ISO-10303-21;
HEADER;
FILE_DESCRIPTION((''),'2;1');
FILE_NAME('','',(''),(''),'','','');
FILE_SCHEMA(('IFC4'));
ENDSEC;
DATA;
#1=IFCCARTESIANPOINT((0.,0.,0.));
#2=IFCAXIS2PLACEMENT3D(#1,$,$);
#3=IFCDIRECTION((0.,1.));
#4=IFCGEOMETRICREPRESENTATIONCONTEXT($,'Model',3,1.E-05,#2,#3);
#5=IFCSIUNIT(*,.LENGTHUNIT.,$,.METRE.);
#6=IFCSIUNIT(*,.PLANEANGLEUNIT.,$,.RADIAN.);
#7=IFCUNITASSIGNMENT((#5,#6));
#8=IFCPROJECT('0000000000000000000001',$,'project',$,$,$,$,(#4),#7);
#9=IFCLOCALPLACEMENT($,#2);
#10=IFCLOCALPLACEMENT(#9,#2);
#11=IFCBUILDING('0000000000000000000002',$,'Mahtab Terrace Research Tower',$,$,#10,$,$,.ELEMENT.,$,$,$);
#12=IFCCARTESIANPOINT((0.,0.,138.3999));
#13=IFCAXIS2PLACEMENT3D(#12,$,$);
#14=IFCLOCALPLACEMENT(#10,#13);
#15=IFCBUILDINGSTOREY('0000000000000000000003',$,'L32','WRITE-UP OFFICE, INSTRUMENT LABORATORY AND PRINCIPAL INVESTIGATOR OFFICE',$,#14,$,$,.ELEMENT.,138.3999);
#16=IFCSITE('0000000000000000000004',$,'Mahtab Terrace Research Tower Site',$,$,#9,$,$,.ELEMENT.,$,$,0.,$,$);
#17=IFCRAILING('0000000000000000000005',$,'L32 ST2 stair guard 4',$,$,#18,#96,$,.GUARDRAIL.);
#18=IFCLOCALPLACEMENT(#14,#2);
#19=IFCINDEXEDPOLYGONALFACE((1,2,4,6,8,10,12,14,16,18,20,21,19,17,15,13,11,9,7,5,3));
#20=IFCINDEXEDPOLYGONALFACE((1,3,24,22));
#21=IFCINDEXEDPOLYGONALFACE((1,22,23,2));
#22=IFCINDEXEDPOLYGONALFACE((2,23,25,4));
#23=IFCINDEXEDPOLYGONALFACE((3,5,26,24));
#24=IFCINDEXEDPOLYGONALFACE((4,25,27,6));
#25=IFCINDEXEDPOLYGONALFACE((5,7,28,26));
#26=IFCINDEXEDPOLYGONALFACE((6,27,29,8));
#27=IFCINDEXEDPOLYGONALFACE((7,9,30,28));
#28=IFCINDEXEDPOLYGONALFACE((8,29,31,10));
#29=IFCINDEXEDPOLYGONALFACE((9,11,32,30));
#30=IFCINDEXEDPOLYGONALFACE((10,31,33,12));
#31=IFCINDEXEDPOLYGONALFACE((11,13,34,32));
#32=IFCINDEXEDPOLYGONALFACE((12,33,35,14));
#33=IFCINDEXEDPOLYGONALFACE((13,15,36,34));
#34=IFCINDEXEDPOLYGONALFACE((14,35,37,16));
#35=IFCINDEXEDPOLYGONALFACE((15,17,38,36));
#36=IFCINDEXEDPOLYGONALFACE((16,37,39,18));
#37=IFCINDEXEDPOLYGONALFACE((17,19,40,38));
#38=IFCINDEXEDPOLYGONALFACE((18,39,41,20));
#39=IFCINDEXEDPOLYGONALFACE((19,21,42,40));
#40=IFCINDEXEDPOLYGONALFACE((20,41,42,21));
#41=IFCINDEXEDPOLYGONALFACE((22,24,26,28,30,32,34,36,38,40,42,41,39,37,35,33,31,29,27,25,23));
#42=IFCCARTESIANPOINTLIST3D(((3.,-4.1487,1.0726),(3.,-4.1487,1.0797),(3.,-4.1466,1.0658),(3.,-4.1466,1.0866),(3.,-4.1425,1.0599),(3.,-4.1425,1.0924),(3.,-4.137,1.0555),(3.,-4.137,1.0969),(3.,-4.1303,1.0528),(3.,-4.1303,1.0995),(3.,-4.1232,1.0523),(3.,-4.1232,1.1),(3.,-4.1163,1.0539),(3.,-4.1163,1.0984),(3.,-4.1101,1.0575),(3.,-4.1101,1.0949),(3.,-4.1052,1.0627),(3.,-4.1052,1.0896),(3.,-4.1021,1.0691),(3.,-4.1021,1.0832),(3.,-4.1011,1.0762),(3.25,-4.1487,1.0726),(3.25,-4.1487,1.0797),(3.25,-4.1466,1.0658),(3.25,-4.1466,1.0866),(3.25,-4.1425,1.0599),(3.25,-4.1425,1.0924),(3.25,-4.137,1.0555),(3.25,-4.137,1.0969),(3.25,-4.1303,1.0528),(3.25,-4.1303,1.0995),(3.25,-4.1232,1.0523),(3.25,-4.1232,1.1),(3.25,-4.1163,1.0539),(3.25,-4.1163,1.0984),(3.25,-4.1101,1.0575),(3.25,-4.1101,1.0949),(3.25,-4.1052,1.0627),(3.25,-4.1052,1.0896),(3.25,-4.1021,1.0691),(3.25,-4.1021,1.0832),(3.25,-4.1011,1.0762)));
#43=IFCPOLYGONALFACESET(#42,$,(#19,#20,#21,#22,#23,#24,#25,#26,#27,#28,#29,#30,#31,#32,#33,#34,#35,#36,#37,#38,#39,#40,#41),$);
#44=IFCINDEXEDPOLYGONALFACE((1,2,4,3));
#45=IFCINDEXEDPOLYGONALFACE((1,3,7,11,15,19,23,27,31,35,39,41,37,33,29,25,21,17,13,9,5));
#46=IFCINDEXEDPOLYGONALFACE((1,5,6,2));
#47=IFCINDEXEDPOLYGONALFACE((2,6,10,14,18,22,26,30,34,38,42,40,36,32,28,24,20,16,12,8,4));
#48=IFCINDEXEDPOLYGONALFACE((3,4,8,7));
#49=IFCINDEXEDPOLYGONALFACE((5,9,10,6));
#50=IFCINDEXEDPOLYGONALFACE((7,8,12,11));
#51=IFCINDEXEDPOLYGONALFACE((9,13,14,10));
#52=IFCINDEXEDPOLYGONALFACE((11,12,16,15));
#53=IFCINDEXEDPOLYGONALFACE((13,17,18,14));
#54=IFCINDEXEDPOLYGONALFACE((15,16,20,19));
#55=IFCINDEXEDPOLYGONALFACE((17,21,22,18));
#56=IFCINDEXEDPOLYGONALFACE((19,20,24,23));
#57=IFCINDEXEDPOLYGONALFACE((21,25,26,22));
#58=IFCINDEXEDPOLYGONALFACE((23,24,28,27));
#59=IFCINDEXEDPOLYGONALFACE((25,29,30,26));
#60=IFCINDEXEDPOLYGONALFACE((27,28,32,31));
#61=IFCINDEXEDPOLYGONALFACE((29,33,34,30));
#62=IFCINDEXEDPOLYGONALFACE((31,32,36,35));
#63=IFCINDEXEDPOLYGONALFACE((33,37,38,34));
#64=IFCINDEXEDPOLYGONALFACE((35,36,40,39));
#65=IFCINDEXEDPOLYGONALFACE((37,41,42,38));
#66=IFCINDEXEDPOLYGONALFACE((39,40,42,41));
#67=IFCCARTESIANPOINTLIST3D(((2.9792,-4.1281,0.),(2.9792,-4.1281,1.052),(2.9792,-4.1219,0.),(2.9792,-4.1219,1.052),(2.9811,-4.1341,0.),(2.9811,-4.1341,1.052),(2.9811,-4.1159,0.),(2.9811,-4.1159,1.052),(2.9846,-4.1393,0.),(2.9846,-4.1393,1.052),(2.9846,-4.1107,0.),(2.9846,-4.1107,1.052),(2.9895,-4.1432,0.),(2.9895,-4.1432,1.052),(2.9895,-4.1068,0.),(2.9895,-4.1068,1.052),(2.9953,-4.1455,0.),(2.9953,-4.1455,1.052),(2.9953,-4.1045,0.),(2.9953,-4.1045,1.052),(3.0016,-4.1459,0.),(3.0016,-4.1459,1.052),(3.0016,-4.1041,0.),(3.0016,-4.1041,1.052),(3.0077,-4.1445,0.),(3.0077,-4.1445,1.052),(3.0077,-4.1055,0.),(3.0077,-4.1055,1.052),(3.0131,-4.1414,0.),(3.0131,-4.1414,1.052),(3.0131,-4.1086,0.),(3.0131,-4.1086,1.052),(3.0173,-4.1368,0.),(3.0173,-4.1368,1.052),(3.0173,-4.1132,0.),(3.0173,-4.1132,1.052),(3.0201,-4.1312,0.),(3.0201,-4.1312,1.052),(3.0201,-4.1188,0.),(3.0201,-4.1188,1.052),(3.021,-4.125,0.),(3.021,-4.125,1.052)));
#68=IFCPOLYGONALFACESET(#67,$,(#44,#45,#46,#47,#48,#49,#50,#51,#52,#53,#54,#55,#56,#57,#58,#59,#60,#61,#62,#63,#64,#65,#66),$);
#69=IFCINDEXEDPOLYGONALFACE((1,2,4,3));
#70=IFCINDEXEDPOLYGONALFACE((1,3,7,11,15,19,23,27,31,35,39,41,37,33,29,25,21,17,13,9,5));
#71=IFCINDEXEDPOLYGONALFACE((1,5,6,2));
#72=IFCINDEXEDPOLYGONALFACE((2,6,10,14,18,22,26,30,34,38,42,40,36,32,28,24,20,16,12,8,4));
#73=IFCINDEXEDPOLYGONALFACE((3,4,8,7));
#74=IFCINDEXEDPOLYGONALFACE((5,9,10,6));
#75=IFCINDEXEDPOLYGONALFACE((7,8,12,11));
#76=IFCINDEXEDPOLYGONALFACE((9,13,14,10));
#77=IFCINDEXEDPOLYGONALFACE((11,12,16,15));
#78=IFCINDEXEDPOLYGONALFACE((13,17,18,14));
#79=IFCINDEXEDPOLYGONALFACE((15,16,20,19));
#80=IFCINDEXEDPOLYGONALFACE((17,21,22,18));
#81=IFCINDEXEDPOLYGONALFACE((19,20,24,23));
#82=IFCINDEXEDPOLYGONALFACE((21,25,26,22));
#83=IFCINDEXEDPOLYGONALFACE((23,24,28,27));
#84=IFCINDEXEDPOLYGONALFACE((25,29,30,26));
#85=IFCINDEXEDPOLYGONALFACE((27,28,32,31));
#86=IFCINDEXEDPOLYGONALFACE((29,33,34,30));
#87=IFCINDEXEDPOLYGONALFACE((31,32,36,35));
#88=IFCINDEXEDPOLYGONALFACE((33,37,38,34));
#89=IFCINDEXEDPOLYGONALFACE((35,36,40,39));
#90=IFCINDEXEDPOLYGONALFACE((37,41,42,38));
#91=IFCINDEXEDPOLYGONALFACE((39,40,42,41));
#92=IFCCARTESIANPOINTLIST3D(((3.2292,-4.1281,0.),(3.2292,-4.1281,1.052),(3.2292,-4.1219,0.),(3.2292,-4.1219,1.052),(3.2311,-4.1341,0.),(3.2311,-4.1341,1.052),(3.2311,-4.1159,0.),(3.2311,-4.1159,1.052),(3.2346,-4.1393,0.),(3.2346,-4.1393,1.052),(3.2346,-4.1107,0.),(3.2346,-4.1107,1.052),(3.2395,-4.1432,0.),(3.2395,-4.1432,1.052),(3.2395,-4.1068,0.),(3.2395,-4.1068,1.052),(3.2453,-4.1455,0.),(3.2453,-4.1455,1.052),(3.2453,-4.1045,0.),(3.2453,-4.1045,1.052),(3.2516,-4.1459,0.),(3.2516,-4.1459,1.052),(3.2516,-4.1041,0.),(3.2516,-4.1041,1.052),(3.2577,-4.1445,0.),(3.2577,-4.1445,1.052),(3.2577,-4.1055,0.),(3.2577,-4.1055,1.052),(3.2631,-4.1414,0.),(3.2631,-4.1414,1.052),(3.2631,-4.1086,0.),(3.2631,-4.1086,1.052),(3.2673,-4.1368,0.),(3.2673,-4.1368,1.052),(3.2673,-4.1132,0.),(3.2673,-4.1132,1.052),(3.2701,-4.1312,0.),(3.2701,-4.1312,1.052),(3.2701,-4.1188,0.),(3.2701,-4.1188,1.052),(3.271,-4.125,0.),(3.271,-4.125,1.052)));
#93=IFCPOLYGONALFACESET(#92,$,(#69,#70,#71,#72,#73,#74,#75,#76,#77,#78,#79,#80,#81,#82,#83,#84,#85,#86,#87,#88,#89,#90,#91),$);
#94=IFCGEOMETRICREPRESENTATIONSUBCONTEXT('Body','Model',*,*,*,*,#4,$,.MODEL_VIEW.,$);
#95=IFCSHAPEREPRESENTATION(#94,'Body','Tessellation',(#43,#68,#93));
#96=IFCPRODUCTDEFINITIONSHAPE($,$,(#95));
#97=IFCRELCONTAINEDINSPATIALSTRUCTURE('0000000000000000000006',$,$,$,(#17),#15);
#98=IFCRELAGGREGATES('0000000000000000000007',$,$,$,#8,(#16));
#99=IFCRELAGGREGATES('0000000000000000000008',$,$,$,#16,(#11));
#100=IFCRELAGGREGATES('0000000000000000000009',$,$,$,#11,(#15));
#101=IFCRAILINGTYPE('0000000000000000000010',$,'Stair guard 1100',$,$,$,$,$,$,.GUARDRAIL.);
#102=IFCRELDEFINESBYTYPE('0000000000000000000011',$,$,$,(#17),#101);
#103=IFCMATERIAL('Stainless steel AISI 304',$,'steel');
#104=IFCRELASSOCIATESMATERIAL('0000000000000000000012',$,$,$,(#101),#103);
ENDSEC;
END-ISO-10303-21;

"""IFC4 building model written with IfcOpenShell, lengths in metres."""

from ifc_helpers import new_model, si_unit, direction, frame, origin, origin_2d, place, context, subcontext, project, spatial, circle, extrude, material, type_object, element, save


model = new_model("IFC4")

# Units and contexts
model_context = context("Model", 3, precision=1e-05, world=origin(), true_north=direction((0.0, 1.0)))
body_context = subcontext(model_context, "Body", "Model", "MODEL_VIEW")
ifc_project = project(units=[si_unit("LENGTHUNIT", "METRE"), si_unit("PLANEANGLEUNIT", "RADIAN")], contexts=[model_context])

# Site, building, storey
site_placement = place(None, origin())
site = spatial("IfcSite", under=ifc_project, at=site_placement, Name="Mahtab Terrace Research Tower Site", CompositionType="ELEMENT", RefElevation=0.0)
building_placement = place(site_placement, origin())
building = spatial("IfcBuilding", under=site, at=building_placement, Name="Mahtab Terrace Research Tower", CompositionType="ELEMENT")
storey_placement = place(building_placement, frame((0.0, 0.0, 138.3999)))
storey = spatial("IfcBuildingStorey", under=building, at=storey_placement, Name="L32", Description="WRITE-UP OFFICE, INSTRUMENT LABORATORY AND PRINCIPAL INVESTIGATOR OFFICE", CompositionType="ELEMENT", Elevation=138.3999)

# Railing
ifc_material_1 = material(Name="Stainless steel AISI 304", Category="steel")
railing_type_1 = type_object("IfcRailingType", Name="Stair guard 1100", PredefinedType="GUARDRAIL", material=ifc_material_1)
railing_1_placement = place(storey_placement, frame((3.0, -4.125, 0.0)))
element("IfcRailing", 1, at=railing_1_placement, inside=storey, type_object=railing_type_1, Name="L32 ST2 stair guard 4", PredefinedType="GUARDRAIL", context=body_context, shape_type="SweptSolid", body=[
    extrude(circle(Radius=0.0239, at=origin_2d()), frame((0.0, 0.0, 1.0762), z_axis=(1.0, 0.0, 0.0), x_axis=(0.0, 1.0, 0.0)), (0.0, 0.0, 1.0), 0.25),
    extrude(circle(Radius=0.021, at=origin_2d()), origin(), (0.0, 0.0, 1.0), 1.052),
    extrude(circle(Radius=0.021, at=origin_2d()), frame((0.25, 0.0, 0.0)), (0.0, 0.0, 1.0), 1.052),
])

save(model, "model.ifc")
